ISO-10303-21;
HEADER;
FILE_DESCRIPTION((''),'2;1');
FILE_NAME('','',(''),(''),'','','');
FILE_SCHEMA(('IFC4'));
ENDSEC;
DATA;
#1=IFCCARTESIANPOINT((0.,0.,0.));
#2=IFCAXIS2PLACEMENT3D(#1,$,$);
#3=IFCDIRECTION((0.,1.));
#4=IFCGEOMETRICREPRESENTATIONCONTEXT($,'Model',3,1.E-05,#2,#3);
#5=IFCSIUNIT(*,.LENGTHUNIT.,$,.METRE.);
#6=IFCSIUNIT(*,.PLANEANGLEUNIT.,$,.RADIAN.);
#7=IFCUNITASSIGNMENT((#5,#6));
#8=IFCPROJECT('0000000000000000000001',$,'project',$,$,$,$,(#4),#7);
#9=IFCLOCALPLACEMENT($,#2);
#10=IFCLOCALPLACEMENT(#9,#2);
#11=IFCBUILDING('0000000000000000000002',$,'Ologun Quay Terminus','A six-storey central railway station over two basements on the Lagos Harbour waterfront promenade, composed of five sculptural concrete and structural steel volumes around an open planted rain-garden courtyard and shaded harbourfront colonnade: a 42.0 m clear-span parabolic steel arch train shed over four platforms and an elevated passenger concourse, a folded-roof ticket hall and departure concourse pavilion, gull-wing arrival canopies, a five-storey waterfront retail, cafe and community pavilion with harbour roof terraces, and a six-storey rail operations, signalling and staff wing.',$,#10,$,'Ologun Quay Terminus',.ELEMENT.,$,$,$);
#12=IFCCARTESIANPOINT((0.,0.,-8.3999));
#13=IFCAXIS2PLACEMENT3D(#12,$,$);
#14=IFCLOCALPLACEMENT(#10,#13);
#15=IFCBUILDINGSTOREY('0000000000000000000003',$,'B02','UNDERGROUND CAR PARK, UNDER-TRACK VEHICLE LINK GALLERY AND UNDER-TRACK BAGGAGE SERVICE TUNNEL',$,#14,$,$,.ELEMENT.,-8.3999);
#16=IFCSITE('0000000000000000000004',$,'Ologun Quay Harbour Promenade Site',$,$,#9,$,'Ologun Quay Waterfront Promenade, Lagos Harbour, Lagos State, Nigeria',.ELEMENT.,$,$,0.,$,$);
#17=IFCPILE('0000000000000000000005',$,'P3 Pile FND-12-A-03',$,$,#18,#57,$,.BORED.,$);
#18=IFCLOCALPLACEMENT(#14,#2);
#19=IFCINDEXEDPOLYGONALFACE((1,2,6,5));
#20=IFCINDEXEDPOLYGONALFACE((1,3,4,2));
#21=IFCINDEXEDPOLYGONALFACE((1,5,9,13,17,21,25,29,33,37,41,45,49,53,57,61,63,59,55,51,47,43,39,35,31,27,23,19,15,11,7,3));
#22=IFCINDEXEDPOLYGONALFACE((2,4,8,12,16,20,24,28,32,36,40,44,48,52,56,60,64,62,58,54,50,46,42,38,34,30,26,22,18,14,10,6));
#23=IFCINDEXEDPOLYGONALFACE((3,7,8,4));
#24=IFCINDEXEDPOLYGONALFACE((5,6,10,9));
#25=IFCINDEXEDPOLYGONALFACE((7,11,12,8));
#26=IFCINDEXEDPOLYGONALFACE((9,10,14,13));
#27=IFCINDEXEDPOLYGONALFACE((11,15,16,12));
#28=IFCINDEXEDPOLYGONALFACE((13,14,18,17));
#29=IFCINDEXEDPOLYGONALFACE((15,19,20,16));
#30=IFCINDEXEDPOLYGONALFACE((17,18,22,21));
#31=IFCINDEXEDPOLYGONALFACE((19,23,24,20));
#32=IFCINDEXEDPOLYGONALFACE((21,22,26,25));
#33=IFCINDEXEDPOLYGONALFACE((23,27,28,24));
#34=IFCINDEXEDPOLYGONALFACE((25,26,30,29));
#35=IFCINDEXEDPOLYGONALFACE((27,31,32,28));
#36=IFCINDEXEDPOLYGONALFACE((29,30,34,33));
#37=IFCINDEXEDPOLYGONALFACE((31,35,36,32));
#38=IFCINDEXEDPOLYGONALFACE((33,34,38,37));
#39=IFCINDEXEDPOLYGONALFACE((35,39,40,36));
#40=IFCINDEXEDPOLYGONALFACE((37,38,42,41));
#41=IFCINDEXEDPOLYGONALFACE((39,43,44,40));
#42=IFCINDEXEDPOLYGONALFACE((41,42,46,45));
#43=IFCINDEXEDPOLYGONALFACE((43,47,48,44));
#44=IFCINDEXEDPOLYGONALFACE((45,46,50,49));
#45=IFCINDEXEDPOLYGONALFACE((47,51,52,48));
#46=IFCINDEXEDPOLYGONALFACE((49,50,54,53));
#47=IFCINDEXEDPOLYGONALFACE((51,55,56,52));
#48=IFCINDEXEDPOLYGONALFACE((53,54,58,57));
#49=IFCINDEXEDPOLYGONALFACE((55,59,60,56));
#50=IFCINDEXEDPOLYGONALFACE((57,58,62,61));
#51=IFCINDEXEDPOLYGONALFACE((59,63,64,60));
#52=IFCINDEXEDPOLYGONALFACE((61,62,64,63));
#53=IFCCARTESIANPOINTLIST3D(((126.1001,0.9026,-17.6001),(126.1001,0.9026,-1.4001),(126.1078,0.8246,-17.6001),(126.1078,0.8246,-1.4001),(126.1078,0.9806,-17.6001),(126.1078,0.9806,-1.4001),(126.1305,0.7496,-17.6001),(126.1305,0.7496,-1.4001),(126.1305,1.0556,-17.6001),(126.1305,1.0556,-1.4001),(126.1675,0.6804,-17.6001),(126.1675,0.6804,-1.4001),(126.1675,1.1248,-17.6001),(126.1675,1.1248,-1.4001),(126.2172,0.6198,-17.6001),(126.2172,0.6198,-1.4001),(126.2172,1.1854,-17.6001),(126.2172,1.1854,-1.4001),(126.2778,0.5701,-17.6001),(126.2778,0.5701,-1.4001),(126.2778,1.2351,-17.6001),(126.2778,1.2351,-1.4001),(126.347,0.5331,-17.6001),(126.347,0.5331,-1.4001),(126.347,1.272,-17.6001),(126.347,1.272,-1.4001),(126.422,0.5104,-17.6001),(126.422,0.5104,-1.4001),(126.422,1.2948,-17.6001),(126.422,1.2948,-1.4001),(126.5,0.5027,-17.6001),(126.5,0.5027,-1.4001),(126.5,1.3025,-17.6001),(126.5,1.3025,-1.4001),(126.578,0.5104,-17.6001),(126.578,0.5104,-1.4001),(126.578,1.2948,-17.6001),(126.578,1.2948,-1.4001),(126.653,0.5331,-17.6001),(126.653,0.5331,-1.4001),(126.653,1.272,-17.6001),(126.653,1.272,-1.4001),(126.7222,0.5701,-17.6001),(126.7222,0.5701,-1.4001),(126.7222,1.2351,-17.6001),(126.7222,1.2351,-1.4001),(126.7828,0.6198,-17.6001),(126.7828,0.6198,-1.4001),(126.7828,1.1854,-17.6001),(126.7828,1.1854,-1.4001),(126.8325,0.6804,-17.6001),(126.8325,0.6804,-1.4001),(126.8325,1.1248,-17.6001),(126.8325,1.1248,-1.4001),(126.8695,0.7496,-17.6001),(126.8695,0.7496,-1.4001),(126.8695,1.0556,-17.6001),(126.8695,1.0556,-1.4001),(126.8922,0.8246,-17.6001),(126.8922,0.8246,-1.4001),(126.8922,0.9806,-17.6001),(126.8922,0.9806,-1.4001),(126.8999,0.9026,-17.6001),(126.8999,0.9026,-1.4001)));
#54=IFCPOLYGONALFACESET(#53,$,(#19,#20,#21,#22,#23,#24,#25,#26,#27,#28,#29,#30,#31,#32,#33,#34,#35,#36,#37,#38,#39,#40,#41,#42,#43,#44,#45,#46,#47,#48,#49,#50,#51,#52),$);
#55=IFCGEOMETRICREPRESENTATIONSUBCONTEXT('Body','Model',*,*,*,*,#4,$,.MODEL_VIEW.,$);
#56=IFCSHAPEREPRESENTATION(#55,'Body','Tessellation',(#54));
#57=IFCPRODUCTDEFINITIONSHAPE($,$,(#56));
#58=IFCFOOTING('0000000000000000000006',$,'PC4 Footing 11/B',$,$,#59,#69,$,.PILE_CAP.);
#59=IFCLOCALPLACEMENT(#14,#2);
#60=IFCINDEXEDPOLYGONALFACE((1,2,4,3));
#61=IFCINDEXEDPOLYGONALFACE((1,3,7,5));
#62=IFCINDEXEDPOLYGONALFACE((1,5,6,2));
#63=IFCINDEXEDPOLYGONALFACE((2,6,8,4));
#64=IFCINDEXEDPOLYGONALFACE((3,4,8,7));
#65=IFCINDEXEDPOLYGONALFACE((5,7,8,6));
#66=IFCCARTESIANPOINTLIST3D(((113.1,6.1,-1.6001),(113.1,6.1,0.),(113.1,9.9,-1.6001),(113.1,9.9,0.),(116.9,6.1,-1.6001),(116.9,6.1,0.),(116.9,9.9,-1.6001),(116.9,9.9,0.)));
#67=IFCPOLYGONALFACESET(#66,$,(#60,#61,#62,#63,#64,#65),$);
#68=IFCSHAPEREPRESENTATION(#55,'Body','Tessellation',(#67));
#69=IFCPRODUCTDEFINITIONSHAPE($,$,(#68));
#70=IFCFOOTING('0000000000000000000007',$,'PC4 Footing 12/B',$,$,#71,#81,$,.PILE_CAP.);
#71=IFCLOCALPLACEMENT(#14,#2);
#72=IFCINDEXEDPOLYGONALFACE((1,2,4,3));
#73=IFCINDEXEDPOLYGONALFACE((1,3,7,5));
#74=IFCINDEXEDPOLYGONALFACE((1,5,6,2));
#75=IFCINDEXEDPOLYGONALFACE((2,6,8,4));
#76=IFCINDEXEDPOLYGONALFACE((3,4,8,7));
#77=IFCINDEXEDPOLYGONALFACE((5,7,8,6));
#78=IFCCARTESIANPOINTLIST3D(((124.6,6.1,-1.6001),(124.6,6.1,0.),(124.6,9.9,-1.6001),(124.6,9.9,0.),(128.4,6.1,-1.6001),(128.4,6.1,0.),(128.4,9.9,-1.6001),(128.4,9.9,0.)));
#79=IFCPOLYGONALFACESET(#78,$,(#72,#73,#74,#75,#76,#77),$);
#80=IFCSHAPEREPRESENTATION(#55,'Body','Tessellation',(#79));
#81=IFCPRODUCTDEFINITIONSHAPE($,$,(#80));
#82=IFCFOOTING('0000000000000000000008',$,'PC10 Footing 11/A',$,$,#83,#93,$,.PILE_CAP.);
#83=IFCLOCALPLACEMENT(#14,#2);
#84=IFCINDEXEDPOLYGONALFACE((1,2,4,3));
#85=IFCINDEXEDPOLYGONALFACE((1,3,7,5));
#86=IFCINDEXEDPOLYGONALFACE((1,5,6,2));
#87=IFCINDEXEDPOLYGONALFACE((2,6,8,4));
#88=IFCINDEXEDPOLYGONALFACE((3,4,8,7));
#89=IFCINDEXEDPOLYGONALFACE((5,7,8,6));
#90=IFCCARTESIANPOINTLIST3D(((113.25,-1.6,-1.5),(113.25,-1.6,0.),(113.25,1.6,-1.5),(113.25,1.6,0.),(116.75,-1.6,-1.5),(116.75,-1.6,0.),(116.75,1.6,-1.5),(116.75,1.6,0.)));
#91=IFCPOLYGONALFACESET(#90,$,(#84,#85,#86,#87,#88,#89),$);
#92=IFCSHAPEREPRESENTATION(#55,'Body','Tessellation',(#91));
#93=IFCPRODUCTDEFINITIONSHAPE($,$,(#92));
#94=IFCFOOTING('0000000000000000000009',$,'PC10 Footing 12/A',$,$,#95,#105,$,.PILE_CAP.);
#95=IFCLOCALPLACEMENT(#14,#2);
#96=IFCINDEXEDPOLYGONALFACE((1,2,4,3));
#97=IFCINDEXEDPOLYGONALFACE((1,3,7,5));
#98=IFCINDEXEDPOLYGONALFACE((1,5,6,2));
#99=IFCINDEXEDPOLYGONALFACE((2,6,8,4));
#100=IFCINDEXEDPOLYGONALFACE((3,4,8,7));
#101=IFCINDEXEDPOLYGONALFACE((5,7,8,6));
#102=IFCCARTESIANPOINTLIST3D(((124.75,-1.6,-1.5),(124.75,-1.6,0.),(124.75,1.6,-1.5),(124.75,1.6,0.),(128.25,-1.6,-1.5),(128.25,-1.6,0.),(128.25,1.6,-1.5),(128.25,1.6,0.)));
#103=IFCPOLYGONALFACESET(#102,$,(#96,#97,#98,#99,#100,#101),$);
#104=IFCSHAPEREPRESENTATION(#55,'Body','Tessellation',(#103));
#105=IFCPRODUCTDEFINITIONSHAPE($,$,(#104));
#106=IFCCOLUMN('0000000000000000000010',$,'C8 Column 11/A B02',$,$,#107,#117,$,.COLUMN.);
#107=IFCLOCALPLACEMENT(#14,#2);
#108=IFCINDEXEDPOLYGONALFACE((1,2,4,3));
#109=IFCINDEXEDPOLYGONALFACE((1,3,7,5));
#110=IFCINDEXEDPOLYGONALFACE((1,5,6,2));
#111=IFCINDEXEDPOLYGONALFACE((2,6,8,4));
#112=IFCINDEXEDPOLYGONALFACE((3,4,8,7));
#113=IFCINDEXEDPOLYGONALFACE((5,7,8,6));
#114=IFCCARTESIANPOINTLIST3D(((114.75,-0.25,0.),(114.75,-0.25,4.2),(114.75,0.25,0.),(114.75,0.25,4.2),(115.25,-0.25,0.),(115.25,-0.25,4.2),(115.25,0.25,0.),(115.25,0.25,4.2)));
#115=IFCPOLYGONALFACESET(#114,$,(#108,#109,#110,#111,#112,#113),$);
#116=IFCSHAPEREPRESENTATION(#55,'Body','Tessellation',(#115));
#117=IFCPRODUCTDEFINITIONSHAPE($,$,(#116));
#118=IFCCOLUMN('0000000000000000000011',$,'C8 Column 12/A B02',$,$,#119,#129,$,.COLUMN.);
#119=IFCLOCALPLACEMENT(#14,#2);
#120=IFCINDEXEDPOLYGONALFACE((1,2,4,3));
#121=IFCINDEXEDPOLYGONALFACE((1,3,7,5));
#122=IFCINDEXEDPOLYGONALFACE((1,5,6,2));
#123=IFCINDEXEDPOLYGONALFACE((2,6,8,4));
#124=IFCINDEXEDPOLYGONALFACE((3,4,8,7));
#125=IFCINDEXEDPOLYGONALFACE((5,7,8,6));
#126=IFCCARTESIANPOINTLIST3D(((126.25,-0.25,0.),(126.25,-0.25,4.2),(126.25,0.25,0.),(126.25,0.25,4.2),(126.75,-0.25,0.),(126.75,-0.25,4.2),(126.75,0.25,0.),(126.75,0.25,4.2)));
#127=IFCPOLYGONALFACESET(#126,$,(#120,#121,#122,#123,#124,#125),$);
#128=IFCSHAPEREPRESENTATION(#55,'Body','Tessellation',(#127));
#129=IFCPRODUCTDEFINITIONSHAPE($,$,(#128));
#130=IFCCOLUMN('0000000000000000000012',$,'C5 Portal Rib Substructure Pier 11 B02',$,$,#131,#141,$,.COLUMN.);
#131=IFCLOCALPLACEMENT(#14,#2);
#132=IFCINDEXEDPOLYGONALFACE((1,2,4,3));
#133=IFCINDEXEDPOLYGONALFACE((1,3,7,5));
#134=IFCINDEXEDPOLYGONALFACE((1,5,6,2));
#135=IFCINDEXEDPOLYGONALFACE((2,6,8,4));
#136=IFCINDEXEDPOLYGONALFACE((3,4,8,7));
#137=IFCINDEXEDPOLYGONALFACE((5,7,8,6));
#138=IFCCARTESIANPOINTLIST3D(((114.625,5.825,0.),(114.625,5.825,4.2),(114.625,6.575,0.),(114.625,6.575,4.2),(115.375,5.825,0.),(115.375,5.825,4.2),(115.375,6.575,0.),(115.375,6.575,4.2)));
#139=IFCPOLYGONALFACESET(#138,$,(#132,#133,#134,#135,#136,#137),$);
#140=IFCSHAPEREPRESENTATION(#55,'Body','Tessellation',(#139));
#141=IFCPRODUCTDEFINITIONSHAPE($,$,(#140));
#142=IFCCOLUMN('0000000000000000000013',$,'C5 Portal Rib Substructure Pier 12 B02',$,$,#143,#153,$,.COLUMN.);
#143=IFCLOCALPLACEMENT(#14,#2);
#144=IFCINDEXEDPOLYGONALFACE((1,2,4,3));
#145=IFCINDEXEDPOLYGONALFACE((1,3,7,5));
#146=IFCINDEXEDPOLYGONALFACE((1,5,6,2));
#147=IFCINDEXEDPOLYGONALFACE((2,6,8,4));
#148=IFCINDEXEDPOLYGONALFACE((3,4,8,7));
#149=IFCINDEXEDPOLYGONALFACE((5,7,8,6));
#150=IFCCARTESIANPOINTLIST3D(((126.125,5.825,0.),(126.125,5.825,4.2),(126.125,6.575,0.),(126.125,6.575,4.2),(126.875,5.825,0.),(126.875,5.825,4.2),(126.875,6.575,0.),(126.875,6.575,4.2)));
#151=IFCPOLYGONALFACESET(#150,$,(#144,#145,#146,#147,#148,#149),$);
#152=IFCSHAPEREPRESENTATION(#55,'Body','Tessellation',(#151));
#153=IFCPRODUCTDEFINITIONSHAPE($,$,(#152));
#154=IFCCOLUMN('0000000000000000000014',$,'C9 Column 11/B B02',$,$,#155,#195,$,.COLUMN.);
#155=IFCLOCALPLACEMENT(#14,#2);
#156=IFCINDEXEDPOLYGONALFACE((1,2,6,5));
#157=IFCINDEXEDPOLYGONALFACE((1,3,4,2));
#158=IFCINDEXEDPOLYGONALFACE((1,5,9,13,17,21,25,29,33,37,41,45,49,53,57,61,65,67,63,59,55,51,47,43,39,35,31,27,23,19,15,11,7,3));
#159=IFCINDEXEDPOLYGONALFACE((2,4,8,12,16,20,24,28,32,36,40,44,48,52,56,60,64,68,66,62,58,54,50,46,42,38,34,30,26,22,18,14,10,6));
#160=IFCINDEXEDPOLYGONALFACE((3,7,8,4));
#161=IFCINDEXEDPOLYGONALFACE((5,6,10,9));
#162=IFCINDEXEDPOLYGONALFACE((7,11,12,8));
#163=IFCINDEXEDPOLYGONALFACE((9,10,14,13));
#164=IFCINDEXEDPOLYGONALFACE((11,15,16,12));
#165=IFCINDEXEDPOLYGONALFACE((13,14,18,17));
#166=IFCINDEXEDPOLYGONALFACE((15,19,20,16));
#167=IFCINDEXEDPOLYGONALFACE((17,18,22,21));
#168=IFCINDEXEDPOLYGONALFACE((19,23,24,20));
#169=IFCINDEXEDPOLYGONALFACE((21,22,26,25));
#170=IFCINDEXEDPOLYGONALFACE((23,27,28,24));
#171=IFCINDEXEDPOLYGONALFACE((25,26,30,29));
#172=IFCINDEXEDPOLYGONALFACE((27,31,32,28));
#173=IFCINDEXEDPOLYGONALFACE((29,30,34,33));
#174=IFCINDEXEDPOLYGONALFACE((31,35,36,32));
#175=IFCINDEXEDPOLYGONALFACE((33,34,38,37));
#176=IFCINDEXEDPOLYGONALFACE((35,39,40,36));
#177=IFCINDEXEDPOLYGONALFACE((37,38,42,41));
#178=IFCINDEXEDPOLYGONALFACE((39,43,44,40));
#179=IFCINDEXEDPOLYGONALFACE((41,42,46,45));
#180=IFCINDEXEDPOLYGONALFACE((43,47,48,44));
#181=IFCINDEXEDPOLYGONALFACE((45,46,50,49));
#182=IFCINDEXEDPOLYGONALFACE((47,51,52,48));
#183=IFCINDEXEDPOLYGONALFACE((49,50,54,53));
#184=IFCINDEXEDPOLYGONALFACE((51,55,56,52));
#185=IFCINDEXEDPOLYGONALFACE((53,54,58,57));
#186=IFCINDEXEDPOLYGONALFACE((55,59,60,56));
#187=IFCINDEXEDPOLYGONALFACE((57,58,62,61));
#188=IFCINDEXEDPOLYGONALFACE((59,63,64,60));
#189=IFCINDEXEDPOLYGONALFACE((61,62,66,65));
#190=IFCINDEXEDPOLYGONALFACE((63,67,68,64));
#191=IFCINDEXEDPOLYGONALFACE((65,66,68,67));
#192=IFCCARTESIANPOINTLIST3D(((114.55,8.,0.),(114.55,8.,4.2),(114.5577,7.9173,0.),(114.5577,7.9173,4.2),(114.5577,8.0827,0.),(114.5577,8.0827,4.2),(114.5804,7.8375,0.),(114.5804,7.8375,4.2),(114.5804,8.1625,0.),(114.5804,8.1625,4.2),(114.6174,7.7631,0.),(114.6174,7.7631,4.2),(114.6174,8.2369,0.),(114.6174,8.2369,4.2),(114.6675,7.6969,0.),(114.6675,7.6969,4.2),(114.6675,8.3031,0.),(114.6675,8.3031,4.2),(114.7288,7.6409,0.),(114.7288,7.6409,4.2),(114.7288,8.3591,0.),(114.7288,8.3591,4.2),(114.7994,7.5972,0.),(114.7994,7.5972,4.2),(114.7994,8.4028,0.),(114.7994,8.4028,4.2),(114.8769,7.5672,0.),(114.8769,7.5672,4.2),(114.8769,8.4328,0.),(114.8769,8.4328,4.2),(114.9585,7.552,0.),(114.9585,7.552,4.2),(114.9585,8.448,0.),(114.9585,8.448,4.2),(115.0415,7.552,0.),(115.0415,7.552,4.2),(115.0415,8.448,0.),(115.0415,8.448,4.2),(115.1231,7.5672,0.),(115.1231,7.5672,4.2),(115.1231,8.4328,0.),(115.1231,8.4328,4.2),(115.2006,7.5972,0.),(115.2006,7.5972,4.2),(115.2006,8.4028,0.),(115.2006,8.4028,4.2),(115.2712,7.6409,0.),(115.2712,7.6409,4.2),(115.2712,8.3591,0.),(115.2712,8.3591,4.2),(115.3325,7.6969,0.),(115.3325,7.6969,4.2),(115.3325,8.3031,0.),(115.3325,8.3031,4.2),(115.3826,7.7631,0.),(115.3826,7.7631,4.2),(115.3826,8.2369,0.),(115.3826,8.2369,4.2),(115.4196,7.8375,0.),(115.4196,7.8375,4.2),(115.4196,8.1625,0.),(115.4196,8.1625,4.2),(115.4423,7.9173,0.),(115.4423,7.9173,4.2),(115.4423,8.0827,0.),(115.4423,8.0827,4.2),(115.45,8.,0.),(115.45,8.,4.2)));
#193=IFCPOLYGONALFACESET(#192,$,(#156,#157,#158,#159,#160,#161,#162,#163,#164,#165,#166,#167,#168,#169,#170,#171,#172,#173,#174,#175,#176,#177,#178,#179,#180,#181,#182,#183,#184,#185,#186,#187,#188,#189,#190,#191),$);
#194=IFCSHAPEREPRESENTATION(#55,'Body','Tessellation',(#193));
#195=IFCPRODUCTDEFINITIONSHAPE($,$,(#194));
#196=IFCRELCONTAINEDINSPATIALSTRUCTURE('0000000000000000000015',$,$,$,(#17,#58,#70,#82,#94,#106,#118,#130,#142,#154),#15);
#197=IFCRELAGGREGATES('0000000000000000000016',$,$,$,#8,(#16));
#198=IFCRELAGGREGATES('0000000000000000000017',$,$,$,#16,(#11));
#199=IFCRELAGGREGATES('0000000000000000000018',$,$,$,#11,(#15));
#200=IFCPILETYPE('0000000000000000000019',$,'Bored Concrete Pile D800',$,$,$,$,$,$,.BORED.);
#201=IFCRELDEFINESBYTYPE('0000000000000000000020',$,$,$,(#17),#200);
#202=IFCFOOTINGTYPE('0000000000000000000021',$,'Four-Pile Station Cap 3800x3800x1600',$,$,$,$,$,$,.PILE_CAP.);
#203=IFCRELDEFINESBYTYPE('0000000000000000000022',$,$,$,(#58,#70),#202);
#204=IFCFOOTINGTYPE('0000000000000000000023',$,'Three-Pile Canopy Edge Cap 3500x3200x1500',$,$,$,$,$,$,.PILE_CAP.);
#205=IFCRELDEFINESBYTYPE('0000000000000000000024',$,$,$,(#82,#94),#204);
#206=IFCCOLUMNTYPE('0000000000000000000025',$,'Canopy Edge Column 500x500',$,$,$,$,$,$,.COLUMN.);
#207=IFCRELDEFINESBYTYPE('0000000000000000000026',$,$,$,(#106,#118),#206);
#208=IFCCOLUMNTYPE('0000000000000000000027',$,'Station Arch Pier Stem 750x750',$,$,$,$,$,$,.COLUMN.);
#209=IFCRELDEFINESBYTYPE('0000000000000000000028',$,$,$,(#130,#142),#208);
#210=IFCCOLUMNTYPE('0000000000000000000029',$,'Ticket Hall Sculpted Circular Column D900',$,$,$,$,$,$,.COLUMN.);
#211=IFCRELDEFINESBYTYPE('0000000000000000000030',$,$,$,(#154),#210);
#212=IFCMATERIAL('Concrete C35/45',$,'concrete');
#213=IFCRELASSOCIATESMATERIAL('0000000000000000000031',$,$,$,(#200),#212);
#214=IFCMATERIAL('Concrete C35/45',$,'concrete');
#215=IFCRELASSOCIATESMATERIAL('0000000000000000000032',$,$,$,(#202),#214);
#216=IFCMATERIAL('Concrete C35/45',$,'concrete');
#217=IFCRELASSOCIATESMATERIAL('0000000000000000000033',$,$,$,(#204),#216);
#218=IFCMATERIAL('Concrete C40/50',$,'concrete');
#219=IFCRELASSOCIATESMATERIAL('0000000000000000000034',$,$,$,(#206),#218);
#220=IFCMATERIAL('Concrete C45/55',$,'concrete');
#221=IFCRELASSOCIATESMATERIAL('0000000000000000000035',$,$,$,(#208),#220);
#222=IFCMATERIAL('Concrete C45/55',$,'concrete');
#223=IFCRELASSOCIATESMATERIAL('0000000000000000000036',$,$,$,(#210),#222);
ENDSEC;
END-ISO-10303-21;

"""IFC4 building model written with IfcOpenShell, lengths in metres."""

from ifc_helpers import new_model, si_unit, direction, frame, origin, origin_2d, place, context, subcontext, project, spatial, rectangle, circle, extrude, material, material_profile, profile_set, type_object, element, save


model = new_model("IFC4")

# Units and contexts
model_context = context("Model", 3, precision=1e-05, world=origin(), true_north=direction((0.0, 1.0)))
body_context = subcontext(model_context, "Body", "Model", "MODEL_VIEW")
ifc_project = project(units=[si_unit("LENGTHUNIT", "METRE"), si_unit("PLANEANGLEUNIT", "RADIAN")], contexts=[model_context])

# Site, building, storey
site_placement = place(None, origin())
site = spatial("IfcSite", under=ifc_project, at=site_placement, Name="Ologun Quay Harbour Promenade Site", LongName="Ologun Quay Waterfront Promenade, Lagos Harbour, Lagos State, Nigeria", CompositionType="ELEMENT", RefElevation=0.0)
building_placement = place(site_placement, origin())
building = spatial("IfcBuilding", under=site, at=building_placement, Name="Ologun Quay Terminus", Description="A six-storey central railway station over two basements on the Lagos Harbour waterfront promenade, composed of five sculptural concrete and structural steel volumes around an open planted rain-garden courtyard and shaded harbourfront colonnade: a 42.0 m clear-span parabolic steel arch train shed over four platforms and an elevated passenger concourse, a folded-roof ticket hall and departure concourse pavilion, gull-wing arrival canopies, a five-storey waterfront retail, cafe and community pavilion with harbour roof terraces, and a six-storey rail operations, signalling and staff wing.", LongName="Ologun Quay Terminus", CompositionType="ELEMENT")
storey_placement = place(building_placement, frame((0.0, 0.0, -8.3999)))
storey = spatial("IfcBuildingStorey", under=building, at=storey_placement, Name="B02", Description="UNDERGROUND CAR PARK, UNDER-TRACK VEHICLE LINK GALLERY AND UNDER-TRACK BAGGAGE SERVICE TUNNEL", CompositionType="ELEMENT", Elevation=-8.3999)

# Pile
ifc_material_1 = material(Name="Concrete C35/45", Category="concrete")
ifc_material_profile_1 = material_profile(ifc_material_1, circle(Radius=0.3999, at=origin_2d()), Name="PILE D800")
ifc_profile_set_1 = profile_set([ifc_material_profile_1], Name="Concrete C35/45")
pile_type_1 = type_object("IfcPileType", Name="Bored Concrete Pile D800", PredefinedType="BORED", material=ifc_profile_set_1)
for number, where, z_axis, x_axis, name in (
    (1, (126.5, 0.9026, -1.4001), (0.0, 0.0, -1.0), (1.0, 0.0, 0.0), "P3 Pile FND-12-A-03"),
):
    element("IfcPile", number, at=place(storey_placement, frame(where, z_axis=z_axis, x_axis=x_axis)), inside=storey, type_object=pile_type_1, Name=name, PredefinedType="BORED", context=body_context, shape_type="SweptSolid", body=[
        extrude(circle(Radius=0.3999, at=origin_2d()), origin(), (0.0, 0.0, 1.0), 16.2),
    ])

# Footings
ifc_material_2 = material(Name="Concrete C35/45", Category="concrete")
footing_type_1 = type_object("IfcFootingType", Name="Four-Pile Station Cap 3800x3800x1600", PredefinedType="PILE_CAP", material=ifc_material_2)
for number, where, z_axis, x_axis, name in (
    (2, (115.0, 8.0, -1.6001), (0.0, 0.0, 1.0), (1.0, 0.0, 0.0), "PC4 Footing 11/B"),
    (3, (126.5, 8.0, -1.6001), (0.0, 0.0, 1.0), (1.0, 0.0, 0.0), "PC4 Footing 12/B"),
):
    element("IfcFooting", number, at=place(storey_placement, frame(where, z_axis=z_axis, x_axis=x_axis)), inside=storey, type_object=footing_type_1, Name=name, PredefinedType="PILE_CAP", context=body_context, shape_type="SweptSolid", body=[
        extrude(rectangle(XDim=3.8, YDim=3.8, at=origin_2d()), origin(), (0.0, 0.0, 1.0), 1.6001),
    ])
ifc_material_3 = material(Name="Concrete C35/45", Category="concrete")
footing_type_2 = type_object("IfcFootingType", Name="Three-Pile Canopy Edge Cap 3500x3200x1500", PredefinedType="PILE_CAP", material=ifc_material_3)
for number, where, z_axis, x_axis, name in (
    (4, (115.0, 0.0, -1.5), (0.0, 0.0, 1.0), (1.0, 0.0, 0.0), "PC10 Footing 11/A"),
    (5, (126.5, 0.0, -1.5), (0.0, 0.0, 1.0), (1.0, 0.0, 0.0), "PC10 Footing 12/A"),
):
    element("IfcFooting", number, at=place(storey_placement, frame(where, z_axis=z_axis, x_axis=x_axis)), inside=storey, type_object=footing_type_2, Name=name, PredefinedType="PILE_CAP", context=body_context, shape_type="SweptSolid", body=[
        extrude(rectangle(XDim=3.5, YDim=3.2, at=origin_2d()), origin(), (0.0, 0.0, 1.0), 1.5),
    ])

# Columns
ifc_material_4 = material(Name="Concrete C40/50", Category="concrete")
ifc_material_profile_2 = material_profile(ifc_material_4, rectangle(XDim=0.5, YDim=0.5, at=origin_2d()), Name="RC 500x500")
ifc_profile_set_2 = profile_set([ifc_material_profile_2], Name="Concrete C40/50")
column_type_1 = type_object("IfcColumnType", Name="Canopy Edge Column 500x500", PredefinedType="COLUMN", material=ifc_profile_set_2)
for number, where, z_axis, x_axis, name in (
    (6, (115.0, 0.0, 0.0), (0.0, 0.0, 1.0), (1.0, 0.0, 0.0), "C8 Column 11/A B02"),
    (7, (126.5, 0.0, 0.0), (0.0, 0.0, 1.0), (1.0, 0.0, 0.0), "C8 Column 12/A B02"),
):
    element("IfcColumn", number, at=place(storey_placement, frame(where, z_axis=z_axis, x_axis=x_axis)), inside=storey, type_object=column_type_1, Name=name, PredefinedType="COLUMN", context=body_context, shape_type="SweptSolid", body=[
        extrude(rectangle(XDim=0.5, YDim=0.5, at=origin_2d()), origin(), (0.0, 0.0, 1.0), 4.2),
    ])
ifc_material_5 = material(Name="Concrete C45/55", Category="concrete")
ifc_material_profile_3 = material_profile(ifc_material_5, rectangle(XDim=0.75, YDim=0.75, at=origin_2d()), Name="RC 750x750")
ifc_profile_set_3 = profile_set([ifc_material_profile_3], Name="Concrete C45/55")
column_type_2 = type_object("IfcColumnType", Name="Station Arch Pier Stem 750x750", PredefinedType="COLUMN", material=ifc_profile_set_3)
for number, where, z_axis, x_axis, name in (
    (8, (115.0, 6.2, 0.0), (0.0, 0.0, 1.0), (1.0, 0.0, 0.0), "C5 Portal Rib Substructure Pier 11 B02"),
    (9, (126.5, 6.2, 0.0), (0.0, 0.0, 1.0), (1.0, 0.0, 0.0), "C5 Portal Rib Substructure Pier 12 B02"),
):
    element("IfcColumn", number, at=place(storey_placement, frame(where, z_axis=z_axis, x_axis=x_axis)), inside=storey, type_object=column_type_2, Name=name, PredefinedType="COLUMN", context=body_context, shape_type="SweptSolid", body=[
        extrude(rectangle(XDim=0.75, YDim=0.75, at=origin_2d()), origin(), (0.0, 0.0, 1.0), 4.2),
    ])
ifc_material_6 = material(Name="Concrete C45/55", Category="concrete")
ifc_material_profile_4 = material_profile(ifc_material_6, circle(Radius=0.45, at=origin_2d()), Name="RC D900")
ifc_profile_set_4 = profile_set([ifc_material_profile_4], Name="Concrete C45/55")
column_type_3 = type_object("IfcColumnType", Name="Ticket Hall Sculpted Circular Column D900", PredefinedType="COLUMN", material=ifc_profile_set_4)
for number, where, z_axis, x_axis, name in (
    (10, (115.0, 8.0, 0.0), (0.0, 0.0, 1.0), (1.0, 0.0, 0.0), "C9 Column 11/B B02"),
):
    element("IfcColumn", number, at=place(storey_placement, frame(where, z_axis=z_axis, x_axis=x_axis)), inside=storey, type_object=column_type_3, Name=name, PredefinedType="COLUMN", context=body_context, shape_type="SweptSolid", body=[
        extrude(circle(Radius=0.45, at=origin_2d()), origin(), (0.0, 0.0, 1.0), 4.2),
    ])

save(model, "model.ifc")
